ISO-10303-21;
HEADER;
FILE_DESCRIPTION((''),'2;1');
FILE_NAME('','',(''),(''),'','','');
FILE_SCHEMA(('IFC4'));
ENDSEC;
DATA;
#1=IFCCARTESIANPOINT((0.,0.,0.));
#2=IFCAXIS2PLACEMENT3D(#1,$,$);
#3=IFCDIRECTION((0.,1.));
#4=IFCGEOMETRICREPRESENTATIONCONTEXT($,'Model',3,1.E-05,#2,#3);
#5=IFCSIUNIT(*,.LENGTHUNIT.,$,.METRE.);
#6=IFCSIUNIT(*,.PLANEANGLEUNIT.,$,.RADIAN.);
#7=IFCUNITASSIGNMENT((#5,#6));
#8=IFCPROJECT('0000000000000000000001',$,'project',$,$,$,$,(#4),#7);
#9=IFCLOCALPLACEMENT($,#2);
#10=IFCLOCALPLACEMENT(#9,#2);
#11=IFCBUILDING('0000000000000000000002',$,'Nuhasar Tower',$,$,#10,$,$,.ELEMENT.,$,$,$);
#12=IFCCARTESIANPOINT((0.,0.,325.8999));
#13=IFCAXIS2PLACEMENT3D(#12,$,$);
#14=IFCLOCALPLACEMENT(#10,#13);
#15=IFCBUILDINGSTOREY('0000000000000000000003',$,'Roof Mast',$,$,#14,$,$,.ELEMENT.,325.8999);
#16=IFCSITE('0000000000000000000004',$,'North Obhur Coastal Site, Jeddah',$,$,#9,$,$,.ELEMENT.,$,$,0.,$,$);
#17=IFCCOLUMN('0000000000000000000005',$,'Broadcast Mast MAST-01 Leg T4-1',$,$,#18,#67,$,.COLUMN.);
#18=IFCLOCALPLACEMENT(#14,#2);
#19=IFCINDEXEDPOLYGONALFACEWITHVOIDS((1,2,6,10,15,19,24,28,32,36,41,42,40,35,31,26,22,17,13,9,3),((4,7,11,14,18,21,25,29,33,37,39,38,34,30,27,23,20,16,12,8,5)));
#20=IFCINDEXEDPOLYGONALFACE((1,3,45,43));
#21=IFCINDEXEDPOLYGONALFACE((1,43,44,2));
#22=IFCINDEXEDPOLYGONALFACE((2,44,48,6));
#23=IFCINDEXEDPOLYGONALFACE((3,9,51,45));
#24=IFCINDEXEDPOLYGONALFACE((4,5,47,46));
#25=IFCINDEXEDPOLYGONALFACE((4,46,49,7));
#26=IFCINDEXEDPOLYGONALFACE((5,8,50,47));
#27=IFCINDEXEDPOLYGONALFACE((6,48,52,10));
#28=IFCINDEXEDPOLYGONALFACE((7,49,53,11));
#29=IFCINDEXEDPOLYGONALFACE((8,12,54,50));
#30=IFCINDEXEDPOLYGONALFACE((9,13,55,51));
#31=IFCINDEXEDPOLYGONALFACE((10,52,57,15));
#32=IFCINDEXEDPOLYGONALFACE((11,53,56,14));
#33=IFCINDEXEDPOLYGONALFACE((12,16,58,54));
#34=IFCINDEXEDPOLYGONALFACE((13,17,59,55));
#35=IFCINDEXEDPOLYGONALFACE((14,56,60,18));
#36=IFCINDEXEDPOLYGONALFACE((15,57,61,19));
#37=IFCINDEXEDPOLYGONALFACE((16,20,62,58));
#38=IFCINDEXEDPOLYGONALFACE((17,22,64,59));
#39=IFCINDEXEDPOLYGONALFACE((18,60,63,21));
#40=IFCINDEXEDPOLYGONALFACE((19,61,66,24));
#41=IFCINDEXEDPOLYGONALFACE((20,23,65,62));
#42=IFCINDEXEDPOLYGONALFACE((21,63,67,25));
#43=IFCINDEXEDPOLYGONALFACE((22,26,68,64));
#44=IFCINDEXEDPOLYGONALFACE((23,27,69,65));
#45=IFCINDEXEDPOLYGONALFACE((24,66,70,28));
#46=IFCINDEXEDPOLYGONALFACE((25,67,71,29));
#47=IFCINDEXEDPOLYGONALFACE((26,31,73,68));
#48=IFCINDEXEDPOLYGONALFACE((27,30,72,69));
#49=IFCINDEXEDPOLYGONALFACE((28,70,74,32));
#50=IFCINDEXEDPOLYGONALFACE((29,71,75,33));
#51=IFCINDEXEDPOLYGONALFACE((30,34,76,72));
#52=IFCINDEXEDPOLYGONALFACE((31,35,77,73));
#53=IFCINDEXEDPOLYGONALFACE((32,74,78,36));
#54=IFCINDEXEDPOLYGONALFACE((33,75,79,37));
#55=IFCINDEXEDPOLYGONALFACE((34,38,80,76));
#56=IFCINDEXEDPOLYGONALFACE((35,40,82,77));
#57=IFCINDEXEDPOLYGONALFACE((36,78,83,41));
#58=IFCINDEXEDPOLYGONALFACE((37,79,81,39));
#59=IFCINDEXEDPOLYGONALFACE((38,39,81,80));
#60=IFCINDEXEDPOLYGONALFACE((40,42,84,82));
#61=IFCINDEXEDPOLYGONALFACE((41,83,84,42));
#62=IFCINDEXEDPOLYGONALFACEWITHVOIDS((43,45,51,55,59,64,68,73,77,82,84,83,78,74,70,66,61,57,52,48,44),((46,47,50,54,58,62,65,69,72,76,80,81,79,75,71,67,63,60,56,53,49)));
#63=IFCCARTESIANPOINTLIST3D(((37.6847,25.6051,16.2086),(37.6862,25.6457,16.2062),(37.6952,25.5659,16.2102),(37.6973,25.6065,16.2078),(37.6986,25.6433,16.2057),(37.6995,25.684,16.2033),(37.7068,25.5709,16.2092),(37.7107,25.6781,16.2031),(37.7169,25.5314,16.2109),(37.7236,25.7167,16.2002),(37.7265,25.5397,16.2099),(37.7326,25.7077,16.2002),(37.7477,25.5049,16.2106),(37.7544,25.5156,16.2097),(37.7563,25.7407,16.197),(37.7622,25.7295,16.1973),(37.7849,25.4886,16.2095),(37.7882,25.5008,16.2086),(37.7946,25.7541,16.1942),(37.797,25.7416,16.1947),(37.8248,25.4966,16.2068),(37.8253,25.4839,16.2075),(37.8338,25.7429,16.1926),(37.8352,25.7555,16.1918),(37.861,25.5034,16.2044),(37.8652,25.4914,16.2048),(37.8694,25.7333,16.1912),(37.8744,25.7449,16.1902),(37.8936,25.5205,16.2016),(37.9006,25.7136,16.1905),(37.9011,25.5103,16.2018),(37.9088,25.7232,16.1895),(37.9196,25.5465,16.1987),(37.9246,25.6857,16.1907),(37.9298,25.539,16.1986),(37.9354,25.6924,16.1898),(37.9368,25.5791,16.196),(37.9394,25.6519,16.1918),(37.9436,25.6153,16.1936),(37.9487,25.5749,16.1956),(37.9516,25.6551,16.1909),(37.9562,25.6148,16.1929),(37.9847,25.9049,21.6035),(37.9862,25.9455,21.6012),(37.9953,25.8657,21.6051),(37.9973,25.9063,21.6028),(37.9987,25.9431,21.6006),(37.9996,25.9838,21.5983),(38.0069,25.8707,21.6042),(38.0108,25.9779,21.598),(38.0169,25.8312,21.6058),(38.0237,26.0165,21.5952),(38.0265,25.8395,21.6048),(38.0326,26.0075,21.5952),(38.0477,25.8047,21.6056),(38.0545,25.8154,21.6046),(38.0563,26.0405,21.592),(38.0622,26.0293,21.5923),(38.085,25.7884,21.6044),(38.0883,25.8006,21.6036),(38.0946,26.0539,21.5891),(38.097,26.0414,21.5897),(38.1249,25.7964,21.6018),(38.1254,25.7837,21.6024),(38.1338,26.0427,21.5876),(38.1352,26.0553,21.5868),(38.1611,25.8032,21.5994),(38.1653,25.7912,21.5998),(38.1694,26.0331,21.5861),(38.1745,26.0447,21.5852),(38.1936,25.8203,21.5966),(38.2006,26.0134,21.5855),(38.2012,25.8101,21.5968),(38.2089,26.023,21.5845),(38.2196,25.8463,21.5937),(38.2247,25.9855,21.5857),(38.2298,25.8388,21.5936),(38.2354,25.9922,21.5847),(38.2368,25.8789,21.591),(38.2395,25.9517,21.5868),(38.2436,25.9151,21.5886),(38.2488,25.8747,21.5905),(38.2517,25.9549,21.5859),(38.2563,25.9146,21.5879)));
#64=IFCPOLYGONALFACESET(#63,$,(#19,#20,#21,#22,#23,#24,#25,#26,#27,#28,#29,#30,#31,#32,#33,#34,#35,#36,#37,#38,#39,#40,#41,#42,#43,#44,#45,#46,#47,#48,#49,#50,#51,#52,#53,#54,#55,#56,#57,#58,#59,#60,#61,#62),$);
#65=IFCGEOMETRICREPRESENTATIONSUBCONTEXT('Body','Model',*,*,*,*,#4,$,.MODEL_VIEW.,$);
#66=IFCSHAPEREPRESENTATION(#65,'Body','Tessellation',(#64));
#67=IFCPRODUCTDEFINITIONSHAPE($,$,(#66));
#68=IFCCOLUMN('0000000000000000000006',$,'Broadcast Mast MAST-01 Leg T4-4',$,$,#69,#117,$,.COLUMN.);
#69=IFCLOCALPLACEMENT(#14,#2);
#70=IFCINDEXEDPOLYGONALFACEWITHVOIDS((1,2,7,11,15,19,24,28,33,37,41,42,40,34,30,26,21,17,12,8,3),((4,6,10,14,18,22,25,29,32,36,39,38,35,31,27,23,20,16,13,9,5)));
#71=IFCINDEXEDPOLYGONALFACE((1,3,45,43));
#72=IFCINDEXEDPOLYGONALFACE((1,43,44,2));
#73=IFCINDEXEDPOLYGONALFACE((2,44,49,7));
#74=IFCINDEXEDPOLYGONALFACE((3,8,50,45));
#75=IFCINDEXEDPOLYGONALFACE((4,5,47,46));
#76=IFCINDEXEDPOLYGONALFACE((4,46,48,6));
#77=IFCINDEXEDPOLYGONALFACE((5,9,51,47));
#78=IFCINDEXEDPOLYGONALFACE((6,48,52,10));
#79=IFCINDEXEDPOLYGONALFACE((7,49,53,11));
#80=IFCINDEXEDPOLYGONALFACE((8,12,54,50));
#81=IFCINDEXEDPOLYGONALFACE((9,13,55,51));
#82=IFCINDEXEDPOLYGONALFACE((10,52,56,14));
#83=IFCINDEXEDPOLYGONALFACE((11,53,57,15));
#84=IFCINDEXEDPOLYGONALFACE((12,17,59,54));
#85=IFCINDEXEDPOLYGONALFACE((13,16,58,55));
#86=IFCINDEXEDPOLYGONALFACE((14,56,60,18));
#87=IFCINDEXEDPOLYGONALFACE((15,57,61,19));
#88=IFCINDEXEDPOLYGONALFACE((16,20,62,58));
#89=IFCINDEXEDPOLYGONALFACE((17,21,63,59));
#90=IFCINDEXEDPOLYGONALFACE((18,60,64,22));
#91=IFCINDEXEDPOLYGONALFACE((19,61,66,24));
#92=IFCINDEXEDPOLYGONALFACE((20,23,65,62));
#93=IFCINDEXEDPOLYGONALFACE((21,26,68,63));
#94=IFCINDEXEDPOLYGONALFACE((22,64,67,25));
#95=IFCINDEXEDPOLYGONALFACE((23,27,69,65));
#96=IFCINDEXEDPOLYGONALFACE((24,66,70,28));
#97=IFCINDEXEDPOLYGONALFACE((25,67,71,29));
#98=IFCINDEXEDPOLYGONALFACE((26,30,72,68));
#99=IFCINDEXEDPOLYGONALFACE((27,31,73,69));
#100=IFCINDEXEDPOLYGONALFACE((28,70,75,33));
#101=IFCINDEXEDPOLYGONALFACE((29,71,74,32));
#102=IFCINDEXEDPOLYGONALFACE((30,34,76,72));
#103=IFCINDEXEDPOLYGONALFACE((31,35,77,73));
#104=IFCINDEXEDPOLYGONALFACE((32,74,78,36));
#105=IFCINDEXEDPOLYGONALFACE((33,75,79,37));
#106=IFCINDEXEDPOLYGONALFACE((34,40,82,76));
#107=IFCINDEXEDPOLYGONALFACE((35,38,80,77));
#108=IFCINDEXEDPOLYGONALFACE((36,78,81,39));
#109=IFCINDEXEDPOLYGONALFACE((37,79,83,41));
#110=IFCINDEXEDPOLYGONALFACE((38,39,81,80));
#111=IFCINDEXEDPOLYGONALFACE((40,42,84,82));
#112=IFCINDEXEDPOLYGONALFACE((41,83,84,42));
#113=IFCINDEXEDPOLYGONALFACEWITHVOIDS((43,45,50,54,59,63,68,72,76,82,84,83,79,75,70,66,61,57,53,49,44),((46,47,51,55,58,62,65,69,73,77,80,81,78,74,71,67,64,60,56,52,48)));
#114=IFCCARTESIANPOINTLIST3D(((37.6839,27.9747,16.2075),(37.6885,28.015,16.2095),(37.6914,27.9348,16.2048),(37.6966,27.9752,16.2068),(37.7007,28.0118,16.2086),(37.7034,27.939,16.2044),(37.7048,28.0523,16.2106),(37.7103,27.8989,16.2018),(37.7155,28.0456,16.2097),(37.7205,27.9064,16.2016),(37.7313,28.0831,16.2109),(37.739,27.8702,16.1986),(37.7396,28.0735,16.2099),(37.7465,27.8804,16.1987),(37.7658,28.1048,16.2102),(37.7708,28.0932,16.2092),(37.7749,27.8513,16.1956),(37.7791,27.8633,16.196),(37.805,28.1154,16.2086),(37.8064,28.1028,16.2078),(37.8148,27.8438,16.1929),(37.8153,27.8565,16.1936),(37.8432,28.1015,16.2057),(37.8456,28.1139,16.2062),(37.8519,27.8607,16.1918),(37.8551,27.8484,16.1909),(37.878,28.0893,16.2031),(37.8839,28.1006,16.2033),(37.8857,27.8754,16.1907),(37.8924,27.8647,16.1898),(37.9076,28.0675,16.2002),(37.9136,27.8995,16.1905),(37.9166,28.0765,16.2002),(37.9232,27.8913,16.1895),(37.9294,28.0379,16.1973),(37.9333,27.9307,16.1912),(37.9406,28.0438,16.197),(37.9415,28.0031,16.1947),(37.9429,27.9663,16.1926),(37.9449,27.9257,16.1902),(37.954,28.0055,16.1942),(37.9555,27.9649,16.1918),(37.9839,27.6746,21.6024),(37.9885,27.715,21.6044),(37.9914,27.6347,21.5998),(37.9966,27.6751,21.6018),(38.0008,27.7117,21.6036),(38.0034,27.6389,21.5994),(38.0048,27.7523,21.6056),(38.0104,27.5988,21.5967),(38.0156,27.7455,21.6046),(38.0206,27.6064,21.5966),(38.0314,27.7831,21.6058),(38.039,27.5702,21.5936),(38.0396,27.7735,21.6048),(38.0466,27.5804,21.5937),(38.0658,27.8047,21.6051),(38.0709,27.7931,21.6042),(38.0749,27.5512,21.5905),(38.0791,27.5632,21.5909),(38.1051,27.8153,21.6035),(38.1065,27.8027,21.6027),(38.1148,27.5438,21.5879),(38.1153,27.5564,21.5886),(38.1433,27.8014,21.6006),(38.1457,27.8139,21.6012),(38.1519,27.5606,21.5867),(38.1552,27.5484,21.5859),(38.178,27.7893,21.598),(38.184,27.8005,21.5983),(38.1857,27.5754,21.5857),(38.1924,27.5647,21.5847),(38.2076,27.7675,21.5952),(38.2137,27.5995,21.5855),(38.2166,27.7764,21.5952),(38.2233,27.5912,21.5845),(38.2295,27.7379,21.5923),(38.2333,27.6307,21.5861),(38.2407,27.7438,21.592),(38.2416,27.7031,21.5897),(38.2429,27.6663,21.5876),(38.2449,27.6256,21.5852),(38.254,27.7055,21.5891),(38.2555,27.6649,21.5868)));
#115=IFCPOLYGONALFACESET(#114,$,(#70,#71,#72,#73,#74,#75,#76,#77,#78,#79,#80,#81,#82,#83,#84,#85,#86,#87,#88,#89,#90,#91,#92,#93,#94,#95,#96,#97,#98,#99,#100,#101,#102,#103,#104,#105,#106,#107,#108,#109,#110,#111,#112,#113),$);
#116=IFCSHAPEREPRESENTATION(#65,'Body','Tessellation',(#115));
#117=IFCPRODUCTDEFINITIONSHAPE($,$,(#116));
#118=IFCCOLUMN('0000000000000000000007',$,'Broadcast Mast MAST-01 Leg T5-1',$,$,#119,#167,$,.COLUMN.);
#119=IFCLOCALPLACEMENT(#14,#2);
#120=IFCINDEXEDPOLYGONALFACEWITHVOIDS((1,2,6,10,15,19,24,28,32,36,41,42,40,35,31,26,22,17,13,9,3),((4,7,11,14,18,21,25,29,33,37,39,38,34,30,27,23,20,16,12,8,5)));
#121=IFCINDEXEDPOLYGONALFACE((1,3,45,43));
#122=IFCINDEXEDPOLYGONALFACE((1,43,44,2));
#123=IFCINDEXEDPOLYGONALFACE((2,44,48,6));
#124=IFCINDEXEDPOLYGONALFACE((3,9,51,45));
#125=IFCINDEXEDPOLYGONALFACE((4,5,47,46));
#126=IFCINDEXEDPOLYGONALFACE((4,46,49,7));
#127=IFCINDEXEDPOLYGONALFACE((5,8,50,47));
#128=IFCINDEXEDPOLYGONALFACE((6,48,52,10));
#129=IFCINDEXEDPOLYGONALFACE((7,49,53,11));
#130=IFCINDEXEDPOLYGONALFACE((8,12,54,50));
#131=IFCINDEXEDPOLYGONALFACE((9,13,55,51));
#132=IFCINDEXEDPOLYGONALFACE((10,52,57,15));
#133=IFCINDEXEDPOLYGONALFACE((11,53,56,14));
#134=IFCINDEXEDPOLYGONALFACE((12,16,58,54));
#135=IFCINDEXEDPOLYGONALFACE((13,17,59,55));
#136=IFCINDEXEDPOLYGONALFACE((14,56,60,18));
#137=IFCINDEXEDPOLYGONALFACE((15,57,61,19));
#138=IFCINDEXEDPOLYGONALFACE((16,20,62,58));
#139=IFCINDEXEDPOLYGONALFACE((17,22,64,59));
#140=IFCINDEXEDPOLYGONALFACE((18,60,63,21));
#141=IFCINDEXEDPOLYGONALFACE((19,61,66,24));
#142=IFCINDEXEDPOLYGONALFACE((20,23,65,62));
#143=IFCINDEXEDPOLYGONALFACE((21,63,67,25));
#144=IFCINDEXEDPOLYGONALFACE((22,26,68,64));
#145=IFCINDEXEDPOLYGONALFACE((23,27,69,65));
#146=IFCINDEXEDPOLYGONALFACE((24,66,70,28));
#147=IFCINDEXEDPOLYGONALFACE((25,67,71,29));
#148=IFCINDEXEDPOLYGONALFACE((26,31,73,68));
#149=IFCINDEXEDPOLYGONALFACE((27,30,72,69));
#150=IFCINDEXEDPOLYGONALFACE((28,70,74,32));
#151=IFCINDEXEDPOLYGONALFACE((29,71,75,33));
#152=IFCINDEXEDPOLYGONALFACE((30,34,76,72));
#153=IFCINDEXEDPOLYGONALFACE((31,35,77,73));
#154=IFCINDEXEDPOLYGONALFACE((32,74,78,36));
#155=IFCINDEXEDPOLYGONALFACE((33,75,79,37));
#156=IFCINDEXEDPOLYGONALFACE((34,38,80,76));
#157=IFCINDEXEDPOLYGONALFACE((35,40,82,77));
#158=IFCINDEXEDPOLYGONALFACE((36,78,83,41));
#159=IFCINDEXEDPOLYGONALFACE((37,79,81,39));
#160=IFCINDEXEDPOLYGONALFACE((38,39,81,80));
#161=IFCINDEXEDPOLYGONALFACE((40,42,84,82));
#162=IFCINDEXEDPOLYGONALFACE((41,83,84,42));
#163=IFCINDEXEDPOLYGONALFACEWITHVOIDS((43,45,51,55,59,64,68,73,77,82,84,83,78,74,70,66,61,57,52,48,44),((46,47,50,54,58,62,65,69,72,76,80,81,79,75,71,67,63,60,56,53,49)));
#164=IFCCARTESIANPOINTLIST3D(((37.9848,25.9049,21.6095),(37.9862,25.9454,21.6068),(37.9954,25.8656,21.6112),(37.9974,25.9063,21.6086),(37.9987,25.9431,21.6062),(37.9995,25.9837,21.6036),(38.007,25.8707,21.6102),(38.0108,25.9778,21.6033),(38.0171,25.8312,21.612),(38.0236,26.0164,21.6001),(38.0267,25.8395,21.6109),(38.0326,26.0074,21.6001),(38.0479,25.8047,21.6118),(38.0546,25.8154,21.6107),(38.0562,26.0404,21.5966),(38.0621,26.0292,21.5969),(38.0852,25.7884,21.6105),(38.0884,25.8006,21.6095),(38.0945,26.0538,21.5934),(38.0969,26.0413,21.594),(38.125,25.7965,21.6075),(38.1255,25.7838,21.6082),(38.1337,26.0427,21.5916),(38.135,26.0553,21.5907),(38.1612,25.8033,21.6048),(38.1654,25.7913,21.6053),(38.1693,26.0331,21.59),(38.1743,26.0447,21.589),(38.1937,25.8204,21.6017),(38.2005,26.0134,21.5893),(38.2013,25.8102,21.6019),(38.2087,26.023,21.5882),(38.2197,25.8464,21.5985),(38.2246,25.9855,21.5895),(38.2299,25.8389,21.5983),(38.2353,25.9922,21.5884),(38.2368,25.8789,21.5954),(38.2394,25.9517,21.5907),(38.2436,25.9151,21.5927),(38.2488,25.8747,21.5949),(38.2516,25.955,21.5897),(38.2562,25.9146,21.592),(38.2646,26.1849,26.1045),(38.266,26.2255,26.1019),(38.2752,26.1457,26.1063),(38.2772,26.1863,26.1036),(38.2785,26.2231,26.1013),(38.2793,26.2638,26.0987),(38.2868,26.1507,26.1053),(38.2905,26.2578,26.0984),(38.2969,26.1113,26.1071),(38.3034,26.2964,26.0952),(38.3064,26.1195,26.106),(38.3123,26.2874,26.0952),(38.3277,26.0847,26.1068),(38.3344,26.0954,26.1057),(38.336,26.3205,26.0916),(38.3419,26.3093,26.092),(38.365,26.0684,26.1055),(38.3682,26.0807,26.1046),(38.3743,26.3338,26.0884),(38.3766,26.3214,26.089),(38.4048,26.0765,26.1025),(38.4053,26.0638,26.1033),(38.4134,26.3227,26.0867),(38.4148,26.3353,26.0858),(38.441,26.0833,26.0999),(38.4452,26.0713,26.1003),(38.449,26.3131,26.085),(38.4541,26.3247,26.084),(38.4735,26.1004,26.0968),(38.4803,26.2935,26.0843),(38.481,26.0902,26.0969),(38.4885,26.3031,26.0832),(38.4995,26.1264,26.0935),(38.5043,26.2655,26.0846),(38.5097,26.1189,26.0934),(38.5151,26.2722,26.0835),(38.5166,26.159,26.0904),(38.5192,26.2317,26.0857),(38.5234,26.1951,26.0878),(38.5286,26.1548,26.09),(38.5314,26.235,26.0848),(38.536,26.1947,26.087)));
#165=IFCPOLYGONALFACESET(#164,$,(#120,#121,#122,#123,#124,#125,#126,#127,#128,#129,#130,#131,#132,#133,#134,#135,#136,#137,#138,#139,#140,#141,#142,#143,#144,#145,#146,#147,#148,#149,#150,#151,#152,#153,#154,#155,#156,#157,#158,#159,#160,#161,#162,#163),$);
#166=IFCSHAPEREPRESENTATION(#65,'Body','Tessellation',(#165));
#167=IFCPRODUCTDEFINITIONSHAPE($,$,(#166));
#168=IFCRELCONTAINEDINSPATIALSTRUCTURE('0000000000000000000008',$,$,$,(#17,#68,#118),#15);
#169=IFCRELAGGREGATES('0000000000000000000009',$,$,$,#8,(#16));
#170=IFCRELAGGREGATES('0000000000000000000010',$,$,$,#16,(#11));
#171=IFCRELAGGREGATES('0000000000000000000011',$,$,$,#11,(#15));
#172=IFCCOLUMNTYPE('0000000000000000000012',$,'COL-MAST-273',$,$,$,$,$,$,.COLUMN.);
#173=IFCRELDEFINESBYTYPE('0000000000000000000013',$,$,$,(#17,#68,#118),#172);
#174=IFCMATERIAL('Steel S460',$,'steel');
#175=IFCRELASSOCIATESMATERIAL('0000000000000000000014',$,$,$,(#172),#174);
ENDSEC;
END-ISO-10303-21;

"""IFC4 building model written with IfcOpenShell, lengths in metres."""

from ifc_helpers import new_model, si_unit, direction, frame, origin, origin_2d, place, context, subcontext, project, spatial, hollow_circle, extrude, material, material_profile, profile_set, type_object, element, save


model = new_model("IFC4")

# Units and contexts
model_context = context("Model", 3, precision=1e-05, world=origin(), true_north=direction((0.0, 1.0)))
body_context = subcontext(model_context, "Body", "Model", "MODEL_VIEW")
ifc_project = project(units=[si_unit("LENGTHUNIT", "METRE"), si_unit("PLANEANGLEUNIT", "RADIAN")], contexts=[model_context])

# Site, building, storey
site_placement = place(None, origin())
site = spatial("IfcSite", under=ifc_project, at=site_placement, Name="North Obhur Coastal Site, Jeddah", CompositionType="ELEMENT", RefElevation=0.0)
building_placement = place(site_placement, origin())
building = spatial("IfcBuilding", under=site, at=building_placement, Name="Nuhasar Tower", CompositionType="ELEMENT")
storey_placement = place(building_placement, frame((0.0, 0.0, 325.8999)))
storey = spatial("IfcBuildingStorey", under=building, at=storey_placement, Name="Roof Mast", CompositionType="ELEMENT", Elevation=325.8999)

# Columns
ifc_material = material(Name="Steel S460", Category="steel")
ifc_material_profile_1 = material_profile(ifc_material, hollow_circle(Radius=0.1365, WallThickness=0.0127, at=origin_2d()), Name="HSS273.1X12.7")
ifc_profile_set_1 = profile_set([ifc_material_profile_1], Name="Steel S460")
column_type = type_object("IfcColumnType", Name="COL-MAST-273", PredefinedType="COLUMN", material=ifc_profile_set_1)
for number, where, z_axis, x_axis, name in (
    (1, (37.8201, 25.6201, 16.2002), (0.055445, 0.0554, 0.996924), (-0.706819, 0.707395, 0.0), "Broadcast Mast MAST-01 Leg T4-1"),
    (2, (37.8201, 27.98, 16.2002), (0.055445, -0.055445, 0.996921), (0.707107, 0.707107, 0.0), "Broadcast Mast MAST-01 Leg T4-4"),
):
    element("IfcColumn", number, at=place(storey_placement, frame(where, z_axis=z_axis, x_axis=x_axis)), inside=storey, type_object=column_type, Name=name, PredefinedType="COLUMN", context=body_context, shape_type="SweptSolid", body=[
        extrude(hollow_circle(Radius=0.1365, WallThickness=0.0127, at=origin_2d()), origin(), (0.0, 0.0, 1.0), 5.4116),
    ])
for number, where, z_axis, x_axis, name in (
    (3, (38.1201, 25.9199, 21.6001), (0.062002, 0.062056, 0.996145), (-0.707415, 0.706798, 0.0), "Broadcast Mast MAST-01 Leg T5-1"),
):
    element("IfcColumn", number, at=place(storey_placement, frame(where, z_axis=z_axis, x_axis=x_axis)), inside=storey, type_object=column_type, Name=name, PredefinedType="COLUMN", context=body_context, shape_type="SweptSolid", body=[
        extrude(hollow_circle(Radius=0.1365, WallThickness=0.0127, at=origin_2d()), origin(), (0.0, 0.0, 1.0), 4.5125),
    ])

save(model, "model.ifc")
